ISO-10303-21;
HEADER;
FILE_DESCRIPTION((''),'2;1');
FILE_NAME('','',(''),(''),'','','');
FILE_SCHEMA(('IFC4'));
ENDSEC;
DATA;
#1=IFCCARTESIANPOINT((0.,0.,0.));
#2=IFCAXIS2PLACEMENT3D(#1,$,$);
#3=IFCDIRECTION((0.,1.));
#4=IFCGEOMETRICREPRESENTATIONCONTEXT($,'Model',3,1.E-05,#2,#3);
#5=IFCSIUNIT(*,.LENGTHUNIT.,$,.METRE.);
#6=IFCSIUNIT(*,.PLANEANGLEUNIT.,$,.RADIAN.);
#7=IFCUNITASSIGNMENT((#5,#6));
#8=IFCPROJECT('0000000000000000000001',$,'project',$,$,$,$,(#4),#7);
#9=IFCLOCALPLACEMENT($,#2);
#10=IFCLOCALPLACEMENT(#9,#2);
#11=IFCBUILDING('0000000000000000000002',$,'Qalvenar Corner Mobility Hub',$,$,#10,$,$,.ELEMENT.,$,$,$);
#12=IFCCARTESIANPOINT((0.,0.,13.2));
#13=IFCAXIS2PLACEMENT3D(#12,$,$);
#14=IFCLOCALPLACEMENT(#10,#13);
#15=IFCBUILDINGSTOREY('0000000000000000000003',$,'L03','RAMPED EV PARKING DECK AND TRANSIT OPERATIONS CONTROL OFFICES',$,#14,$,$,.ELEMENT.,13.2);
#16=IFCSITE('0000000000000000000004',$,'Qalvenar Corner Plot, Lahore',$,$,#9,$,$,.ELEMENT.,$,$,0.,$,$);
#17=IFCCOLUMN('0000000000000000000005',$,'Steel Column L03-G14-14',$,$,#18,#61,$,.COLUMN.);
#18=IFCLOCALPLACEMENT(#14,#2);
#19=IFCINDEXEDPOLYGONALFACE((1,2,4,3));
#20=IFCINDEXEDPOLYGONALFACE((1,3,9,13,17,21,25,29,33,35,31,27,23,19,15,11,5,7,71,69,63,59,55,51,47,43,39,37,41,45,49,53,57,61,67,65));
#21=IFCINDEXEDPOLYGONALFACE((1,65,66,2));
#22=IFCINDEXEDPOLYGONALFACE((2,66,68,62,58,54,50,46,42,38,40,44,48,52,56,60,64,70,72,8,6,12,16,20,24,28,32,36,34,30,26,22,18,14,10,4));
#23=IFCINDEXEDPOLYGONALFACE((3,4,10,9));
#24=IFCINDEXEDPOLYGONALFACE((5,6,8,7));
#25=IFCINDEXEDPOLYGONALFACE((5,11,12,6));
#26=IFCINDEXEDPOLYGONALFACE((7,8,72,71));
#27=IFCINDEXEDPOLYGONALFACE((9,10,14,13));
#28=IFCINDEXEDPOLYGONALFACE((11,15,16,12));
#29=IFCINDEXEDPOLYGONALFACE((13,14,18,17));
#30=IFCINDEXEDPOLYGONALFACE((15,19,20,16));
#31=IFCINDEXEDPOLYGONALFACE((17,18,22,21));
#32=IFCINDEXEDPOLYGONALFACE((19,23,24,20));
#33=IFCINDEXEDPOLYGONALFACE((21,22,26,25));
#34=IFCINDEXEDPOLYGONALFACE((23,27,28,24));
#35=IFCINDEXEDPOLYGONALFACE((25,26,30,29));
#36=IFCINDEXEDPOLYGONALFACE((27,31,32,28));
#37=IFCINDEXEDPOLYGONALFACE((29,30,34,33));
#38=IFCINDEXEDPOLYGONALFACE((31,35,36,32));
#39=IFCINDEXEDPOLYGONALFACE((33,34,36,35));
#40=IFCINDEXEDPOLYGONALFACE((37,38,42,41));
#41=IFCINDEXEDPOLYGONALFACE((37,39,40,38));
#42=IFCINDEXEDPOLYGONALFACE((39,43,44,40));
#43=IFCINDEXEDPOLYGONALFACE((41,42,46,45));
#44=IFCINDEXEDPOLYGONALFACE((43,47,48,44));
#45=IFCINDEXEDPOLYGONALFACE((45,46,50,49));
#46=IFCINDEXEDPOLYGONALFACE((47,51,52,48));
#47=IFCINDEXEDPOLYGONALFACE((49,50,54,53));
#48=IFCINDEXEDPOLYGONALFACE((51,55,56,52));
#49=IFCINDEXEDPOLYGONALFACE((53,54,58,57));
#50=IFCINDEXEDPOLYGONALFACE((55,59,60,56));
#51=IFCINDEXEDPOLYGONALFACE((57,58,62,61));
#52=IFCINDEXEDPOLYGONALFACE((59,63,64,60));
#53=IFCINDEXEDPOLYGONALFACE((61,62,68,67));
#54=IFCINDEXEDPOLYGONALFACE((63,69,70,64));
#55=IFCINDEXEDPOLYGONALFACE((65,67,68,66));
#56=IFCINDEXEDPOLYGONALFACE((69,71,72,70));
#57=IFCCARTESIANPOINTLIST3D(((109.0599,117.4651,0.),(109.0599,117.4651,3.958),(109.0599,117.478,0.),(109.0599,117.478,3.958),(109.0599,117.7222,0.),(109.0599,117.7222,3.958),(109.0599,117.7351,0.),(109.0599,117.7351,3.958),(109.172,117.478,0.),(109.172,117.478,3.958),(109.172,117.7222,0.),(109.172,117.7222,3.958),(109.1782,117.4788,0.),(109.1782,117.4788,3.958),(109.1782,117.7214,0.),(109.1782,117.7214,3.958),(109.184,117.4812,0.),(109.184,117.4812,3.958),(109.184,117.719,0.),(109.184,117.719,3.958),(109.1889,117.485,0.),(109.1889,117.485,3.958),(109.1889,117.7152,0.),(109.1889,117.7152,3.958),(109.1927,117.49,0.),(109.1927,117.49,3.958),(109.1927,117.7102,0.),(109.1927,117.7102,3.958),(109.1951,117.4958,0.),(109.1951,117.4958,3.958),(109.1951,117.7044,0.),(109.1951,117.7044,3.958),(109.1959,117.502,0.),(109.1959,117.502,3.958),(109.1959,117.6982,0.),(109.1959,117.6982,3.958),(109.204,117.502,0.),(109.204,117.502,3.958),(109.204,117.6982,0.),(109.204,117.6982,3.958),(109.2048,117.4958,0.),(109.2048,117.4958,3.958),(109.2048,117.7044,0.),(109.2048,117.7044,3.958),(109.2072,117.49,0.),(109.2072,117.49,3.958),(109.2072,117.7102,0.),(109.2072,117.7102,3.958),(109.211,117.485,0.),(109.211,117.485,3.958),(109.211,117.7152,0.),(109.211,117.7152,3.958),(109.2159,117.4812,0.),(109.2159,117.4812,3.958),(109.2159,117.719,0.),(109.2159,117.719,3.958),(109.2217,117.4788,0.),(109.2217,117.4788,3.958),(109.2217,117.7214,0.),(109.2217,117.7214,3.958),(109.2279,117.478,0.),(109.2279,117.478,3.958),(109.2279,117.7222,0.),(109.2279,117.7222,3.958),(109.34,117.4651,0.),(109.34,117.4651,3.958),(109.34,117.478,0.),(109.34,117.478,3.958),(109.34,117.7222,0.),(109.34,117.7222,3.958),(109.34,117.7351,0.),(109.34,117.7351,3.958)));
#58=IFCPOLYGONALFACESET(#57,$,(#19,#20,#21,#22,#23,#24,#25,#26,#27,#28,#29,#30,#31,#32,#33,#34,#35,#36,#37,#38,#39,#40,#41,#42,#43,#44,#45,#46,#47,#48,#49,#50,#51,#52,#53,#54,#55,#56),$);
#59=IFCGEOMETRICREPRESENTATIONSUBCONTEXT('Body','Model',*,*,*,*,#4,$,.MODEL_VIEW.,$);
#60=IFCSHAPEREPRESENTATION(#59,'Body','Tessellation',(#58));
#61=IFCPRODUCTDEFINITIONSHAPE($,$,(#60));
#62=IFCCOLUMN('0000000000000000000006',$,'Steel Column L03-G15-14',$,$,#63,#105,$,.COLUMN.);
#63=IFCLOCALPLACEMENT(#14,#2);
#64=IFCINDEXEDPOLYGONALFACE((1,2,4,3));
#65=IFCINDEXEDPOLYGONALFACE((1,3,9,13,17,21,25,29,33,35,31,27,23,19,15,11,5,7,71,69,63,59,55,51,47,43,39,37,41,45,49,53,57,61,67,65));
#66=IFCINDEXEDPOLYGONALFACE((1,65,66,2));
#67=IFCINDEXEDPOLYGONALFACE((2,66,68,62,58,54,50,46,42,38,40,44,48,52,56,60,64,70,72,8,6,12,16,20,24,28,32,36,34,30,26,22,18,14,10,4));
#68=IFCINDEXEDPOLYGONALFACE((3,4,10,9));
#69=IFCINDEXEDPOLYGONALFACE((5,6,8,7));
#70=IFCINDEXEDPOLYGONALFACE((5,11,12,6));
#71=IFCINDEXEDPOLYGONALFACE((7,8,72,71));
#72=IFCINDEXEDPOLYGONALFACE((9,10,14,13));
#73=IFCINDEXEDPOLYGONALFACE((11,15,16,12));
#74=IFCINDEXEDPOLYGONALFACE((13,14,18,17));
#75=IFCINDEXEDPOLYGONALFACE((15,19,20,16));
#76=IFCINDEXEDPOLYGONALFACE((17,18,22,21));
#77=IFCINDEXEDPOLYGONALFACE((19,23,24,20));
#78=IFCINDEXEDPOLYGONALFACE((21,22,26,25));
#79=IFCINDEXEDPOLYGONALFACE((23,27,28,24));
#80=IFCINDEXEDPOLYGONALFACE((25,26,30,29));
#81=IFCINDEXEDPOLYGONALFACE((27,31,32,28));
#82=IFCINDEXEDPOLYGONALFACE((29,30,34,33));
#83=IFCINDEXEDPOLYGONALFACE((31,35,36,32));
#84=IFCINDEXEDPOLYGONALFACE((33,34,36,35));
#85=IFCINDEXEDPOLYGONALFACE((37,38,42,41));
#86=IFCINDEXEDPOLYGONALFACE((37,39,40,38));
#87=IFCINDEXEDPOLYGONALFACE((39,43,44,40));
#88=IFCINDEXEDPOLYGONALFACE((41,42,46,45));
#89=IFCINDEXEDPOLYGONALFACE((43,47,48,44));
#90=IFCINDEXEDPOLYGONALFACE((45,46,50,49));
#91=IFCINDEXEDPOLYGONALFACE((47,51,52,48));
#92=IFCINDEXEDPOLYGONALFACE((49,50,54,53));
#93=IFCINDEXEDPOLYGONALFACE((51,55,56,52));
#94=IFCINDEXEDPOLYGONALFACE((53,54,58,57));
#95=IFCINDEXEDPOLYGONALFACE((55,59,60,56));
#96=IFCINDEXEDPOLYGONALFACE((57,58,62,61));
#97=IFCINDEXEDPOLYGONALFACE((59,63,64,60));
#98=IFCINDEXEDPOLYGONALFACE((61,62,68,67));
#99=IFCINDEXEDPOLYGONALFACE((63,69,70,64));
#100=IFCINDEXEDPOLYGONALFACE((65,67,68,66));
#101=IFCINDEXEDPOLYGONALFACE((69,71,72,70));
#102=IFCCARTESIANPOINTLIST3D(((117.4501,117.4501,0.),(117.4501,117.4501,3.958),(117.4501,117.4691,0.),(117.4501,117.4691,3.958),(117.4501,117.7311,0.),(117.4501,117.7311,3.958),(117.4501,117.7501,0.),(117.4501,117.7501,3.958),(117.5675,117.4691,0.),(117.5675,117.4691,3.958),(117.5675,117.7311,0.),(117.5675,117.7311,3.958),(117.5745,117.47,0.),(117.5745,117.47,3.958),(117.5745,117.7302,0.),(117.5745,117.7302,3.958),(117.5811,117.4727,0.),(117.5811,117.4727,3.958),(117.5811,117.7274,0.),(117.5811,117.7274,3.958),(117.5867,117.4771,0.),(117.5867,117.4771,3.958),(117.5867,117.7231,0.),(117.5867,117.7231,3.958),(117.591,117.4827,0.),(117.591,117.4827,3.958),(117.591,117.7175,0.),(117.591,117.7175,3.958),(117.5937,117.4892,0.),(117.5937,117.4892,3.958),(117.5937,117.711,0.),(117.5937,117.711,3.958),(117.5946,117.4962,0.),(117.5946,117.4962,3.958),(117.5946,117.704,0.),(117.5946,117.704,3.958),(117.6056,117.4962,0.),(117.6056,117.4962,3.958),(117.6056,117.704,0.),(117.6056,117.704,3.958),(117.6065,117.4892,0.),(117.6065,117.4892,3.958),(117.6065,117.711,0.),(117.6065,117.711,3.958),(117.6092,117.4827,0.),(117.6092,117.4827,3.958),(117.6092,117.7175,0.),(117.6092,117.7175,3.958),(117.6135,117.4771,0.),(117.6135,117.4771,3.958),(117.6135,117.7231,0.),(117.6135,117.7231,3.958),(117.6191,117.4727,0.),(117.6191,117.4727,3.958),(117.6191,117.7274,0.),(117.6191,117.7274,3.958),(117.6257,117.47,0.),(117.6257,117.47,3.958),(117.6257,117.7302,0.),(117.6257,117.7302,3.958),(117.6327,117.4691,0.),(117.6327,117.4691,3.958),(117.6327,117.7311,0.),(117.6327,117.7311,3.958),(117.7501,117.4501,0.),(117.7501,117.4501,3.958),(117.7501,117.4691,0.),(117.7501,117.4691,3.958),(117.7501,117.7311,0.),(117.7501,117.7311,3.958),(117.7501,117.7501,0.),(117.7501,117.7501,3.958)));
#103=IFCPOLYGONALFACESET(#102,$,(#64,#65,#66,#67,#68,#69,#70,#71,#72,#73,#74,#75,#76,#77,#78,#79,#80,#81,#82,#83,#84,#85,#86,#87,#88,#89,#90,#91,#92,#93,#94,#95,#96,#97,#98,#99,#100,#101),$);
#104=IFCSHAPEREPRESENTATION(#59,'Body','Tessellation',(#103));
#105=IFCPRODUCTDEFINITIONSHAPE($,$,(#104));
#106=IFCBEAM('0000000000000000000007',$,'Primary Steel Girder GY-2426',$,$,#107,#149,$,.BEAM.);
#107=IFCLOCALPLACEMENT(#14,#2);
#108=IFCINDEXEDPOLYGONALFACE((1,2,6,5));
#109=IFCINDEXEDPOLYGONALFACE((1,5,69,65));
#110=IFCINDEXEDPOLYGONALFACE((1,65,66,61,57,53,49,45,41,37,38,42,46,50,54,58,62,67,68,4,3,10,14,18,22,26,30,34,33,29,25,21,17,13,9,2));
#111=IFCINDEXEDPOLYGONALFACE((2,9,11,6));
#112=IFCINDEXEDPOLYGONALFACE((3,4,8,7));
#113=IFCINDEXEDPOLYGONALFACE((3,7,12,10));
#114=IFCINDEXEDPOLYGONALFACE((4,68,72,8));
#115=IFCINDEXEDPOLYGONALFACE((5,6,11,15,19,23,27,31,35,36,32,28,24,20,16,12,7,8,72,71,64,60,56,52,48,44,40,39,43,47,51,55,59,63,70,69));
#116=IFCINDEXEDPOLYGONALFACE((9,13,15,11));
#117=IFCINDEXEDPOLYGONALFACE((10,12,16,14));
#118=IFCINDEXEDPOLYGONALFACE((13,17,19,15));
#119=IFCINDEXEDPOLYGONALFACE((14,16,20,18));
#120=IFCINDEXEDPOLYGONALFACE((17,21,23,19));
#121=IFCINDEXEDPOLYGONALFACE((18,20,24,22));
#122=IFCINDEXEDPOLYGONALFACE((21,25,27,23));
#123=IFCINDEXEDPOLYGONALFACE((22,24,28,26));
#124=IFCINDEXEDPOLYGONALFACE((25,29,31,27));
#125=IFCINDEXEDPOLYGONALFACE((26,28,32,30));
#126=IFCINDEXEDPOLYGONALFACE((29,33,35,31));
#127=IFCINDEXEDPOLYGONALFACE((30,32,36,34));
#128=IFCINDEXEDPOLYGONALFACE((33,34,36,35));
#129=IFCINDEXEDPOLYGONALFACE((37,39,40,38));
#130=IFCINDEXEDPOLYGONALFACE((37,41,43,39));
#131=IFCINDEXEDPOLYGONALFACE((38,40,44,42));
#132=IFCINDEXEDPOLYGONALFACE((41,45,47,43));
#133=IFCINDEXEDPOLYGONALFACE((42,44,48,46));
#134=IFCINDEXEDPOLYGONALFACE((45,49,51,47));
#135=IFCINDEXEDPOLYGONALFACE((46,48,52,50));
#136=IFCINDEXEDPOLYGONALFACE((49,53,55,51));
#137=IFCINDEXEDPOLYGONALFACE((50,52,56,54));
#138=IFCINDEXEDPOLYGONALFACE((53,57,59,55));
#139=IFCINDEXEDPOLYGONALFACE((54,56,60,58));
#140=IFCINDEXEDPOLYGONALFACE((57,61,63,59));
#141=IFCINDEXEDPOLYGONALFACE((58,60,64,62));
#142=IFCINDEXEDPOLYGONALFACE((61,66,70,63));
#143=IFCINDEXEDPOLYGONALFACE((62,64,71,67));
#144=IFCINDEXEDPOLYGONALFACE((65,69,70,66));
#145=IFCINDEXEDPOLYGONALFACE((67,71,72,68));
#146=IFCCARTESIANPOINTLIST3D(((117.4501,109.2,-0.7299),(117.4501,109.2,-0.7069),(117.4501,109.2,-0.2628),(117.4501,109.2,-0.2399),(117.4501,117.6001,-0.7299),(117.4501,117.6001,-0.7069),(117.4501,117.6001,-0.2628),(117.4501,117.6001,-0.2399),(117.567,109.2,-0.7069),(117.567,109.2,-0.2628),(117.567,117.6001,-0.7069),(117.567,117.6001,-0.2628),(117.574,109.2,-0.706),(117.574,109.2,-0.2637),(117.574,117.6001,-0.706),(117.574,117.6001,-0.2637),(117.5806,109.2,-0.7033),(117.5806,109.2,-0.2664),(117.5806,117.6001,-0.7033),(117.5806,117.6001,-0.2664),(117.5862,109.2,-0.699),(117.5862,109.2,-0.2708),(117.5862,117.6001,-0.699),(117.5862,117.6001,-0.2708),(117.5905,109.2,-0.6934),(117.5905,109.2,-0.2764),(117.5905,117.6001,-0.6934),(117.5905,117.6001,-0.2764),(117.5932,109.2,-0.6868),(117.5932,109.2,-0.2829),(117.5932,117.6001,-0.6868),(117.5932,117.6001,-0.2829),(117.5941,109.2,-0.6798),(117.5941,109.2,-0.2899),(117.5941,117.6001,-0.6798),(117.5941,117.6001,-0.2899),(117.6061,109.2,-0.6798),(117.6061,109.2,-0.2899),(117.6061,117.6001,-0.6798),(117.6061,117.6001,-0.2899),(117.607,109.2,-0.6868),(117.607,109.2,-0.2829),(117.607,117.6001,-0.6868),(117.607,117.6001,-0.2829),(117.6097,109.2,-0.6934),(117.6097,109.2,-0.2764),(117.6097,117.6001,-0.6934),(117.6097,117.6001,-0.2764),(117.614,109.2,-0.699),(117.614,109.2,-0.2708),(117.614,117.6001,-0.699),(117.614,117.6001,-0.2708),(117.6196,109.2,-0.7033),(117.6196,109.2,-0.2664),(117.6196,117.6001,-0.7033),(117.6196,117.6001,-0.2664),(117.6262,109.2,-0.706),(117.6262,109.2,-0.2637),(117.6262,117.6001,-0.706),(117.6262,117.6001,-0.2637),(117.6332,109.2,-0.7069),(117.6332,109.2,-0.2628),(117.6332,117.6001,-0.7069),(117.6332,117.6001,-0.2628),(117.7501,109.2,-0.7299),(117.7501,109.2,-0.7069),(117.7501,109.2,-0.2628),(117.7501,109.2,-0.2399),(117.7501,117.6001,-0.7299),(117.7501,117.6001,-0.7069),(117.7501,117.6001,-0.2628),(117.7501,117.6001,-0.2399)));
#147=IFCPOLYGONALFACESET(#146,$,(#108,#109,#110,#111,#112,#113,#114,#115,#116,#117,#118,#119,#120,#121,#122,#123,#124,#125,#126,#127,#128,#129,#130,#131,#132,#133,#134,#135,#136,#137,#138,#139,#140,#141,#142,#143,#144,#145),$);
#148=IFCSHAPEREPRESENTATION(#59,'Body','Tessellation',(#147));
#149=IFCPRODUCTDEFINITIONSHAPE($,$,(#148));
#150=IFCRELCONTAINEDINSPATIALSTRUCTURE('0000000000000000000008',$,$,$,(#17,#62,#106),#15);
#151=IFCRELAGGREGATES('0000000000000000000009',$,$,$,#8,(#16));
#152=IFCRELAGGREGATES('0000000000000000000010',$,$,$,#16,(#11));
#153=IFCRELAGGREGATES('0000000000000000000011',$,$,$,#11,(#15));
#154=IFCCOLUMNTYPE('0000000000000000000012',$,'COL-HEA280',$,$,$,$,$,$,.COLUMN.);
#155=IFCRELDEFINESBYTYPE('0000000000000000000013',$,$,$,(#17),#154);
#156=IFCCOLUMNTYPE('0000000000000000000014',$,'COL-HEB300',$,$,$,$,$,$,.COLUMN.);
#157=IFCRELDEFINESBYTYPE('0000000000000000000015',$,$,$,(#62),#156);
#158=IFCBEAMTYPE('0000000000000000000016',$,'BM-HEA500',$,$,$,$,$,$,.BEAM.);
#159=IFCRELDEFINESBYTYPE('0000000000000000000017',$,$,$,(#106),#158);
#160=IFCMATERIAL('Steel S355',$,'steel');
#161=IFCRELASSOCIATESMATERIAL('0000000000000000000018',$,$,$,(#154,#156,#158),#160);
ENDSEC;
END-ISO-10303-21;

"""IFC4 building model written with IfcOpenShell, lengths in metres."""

from ifc_helpers import new_model, si_unit, direction, frame, origin, origin_2d, place, context, subcontext, project, spatial, i_section, extrude, material, material_profile, profile_set, type_object, element, save


model = new_model("IFC4")

# Units and contexts
model_context = context("Model", 3, precision=1e-05, world=origin(), true_north=direction((0.0, 1.0)))
body_context = subcontext(model_context, "Body", "Model", "MODEL_VIEW")
ifc_project = project(units=[si_unit("LENGTHUNIT", "METRE"), si_unit("PLANEANGLEUNIT", "RADIAN")], contexts=[model_context])

# Site, building, storey
site_placement = place(None, origin())
site = spatial("IfcSite", under=ifc_project, at=site_placement, Name="Qalvenar Corner Plot, Lahore", CompositionType="ELEMENT", RefElevation=0.0)
building_placement = place(site_placement, origin())
building = spatial("IfcBuilding", under=site, at=building_placement, Name="Qalvenar Corner Mobility Hub", CompositionType="ELEMENT")
storey_placement = place(building_placement, frame((0.0, 0.0, 13.2)))
storey = spatial("IfcBuildingStorey", under=building, at=storey_placement, Name="L03", Description="RAMPED EV PARKING DECK AND TRANSIT OPERATIONS CONTROL OFFICES", CompositionType="ELEMENT", Elevation=13.2)

# Columns
ifc_material = material(Name="Steel S355", Category="steel")
ifc_material_profile_1 = material_profile(ifc_material, i_section(OverallWidth=0.28, OverallDepth=0.27, WebThickness=0.0081, FlangeThickness=0.0129, FilletRadius=0.0239, at=origin_2d()), Name="HEA280")
ifc_profile_set_1 = profile_set([ifc_material_profile_1], Name="Steel S355")
column_type_1 = type_object("IfcColumnType", Name="COL-HEA280", PredefinedType="COLUMN", material=ifc_profile_set_1)
column_1_placement = place(storey_placement, frame((109.2, 117.6001, 0.0), z_axis=(0.0, 0.0, 1.0), x_axis=(1.0, 0.0, 0.0)))
element("IfcColumn", 1, at=column_1_placement, inside=storey, type_object=column_type_1, Name="Steel Column L03-G14-14", PredefinedType="COLUMN", context=body_context, shape_type="SweptSolid", body=[
    extrude(i_section(OverallWidth=0.28, OverallDepth=0.27, WebThickness=0.0081, FlangeThickness=0.0129, FilletRadius=0.0239, at=origin_2d()), origin(), (0.0, 0.0, 1.0), 3.958),
])
ifc_material_profile_2 = material_profile(ifc_material, i_section(OverallWidth=0.3, OverallDepth=0.3, WebThickness=0.011, FlangeThickness=0.019, FilletRadius=0.0271, at=origin_2d()), Name="HEB300")
ifc_profile_set_2 = profile_set([ifc_material_profile_2], Name="Steel S355")
column_type_2 = type_object("IfcColumnType", Name="COL-HEB300", PredefinedType="COLUMN", material=ifc_profile_set_2)
column_2_placement = place(storey_placement, frame((117.6001, 117.6001, 0.0), z_axis=(0.0, 0.0, 1.0), x_axis=(1.0, 0.0, 0.0)))
element("IfcColumn", 2, at=column_2_placement, inside=storey, type_object=column_type_2, Name="Steel Column L03-G15-14", PredefinedType="COLUMN", context=body_context, shape_type="SweptSolid", body=[
    extrude(i_section(OverallWidth=0.3, OverallDepth=0.3, WebThickness=0.011, FlangeThickness=0.019, FilletRadius=0.0271, at=origin_2d()), origin(), (0.0, 0.0, 1.0), 3.958),
])

# Beam
ifc_material_profile_3 = material_profile(ifc_material, i_section(OverallWidth=0.3, OverallDepth=0.49, WebThickness=0.012, FlangeThickness=0.0229, FilletRadius=0.0271, at=origin_2d()), Name="HEA500")
ifc_profile_set_3 = profile_set([ifc_material_profile_3], Name="Steel S355")
beam_type_1 = type_object("IfcBeamType", Name="BM-HEA500", PredefinedType="BEAM", material=ifc_profile_set_3)
beam_1_placement = place(storey_placement, frame((117.6001, 109.2, -0.4849), z_axis=(0.0, 1.0, 0.0), x_axis=(-1.0, 0.0, 0.0)))
element("IfcBeam", 3, at=beam_1_placement, inside=storey, type_object=beam_type_1, Name="Primary Steel Girder GY-2426", PredefinedType="BEAM", context=body_context, shape_type="SweptSolid", body=[
    extrude(i_section(OverallWidth=0.3, OverallDepth=0.49, WebThickness=0.012, FlangeThickness=0.0229, FilletRadius=0.0271, at=origin_2d()), origin(), (0.0, 0.0, 1.0), 8.4001),
])

save(model, "model.ifc")
